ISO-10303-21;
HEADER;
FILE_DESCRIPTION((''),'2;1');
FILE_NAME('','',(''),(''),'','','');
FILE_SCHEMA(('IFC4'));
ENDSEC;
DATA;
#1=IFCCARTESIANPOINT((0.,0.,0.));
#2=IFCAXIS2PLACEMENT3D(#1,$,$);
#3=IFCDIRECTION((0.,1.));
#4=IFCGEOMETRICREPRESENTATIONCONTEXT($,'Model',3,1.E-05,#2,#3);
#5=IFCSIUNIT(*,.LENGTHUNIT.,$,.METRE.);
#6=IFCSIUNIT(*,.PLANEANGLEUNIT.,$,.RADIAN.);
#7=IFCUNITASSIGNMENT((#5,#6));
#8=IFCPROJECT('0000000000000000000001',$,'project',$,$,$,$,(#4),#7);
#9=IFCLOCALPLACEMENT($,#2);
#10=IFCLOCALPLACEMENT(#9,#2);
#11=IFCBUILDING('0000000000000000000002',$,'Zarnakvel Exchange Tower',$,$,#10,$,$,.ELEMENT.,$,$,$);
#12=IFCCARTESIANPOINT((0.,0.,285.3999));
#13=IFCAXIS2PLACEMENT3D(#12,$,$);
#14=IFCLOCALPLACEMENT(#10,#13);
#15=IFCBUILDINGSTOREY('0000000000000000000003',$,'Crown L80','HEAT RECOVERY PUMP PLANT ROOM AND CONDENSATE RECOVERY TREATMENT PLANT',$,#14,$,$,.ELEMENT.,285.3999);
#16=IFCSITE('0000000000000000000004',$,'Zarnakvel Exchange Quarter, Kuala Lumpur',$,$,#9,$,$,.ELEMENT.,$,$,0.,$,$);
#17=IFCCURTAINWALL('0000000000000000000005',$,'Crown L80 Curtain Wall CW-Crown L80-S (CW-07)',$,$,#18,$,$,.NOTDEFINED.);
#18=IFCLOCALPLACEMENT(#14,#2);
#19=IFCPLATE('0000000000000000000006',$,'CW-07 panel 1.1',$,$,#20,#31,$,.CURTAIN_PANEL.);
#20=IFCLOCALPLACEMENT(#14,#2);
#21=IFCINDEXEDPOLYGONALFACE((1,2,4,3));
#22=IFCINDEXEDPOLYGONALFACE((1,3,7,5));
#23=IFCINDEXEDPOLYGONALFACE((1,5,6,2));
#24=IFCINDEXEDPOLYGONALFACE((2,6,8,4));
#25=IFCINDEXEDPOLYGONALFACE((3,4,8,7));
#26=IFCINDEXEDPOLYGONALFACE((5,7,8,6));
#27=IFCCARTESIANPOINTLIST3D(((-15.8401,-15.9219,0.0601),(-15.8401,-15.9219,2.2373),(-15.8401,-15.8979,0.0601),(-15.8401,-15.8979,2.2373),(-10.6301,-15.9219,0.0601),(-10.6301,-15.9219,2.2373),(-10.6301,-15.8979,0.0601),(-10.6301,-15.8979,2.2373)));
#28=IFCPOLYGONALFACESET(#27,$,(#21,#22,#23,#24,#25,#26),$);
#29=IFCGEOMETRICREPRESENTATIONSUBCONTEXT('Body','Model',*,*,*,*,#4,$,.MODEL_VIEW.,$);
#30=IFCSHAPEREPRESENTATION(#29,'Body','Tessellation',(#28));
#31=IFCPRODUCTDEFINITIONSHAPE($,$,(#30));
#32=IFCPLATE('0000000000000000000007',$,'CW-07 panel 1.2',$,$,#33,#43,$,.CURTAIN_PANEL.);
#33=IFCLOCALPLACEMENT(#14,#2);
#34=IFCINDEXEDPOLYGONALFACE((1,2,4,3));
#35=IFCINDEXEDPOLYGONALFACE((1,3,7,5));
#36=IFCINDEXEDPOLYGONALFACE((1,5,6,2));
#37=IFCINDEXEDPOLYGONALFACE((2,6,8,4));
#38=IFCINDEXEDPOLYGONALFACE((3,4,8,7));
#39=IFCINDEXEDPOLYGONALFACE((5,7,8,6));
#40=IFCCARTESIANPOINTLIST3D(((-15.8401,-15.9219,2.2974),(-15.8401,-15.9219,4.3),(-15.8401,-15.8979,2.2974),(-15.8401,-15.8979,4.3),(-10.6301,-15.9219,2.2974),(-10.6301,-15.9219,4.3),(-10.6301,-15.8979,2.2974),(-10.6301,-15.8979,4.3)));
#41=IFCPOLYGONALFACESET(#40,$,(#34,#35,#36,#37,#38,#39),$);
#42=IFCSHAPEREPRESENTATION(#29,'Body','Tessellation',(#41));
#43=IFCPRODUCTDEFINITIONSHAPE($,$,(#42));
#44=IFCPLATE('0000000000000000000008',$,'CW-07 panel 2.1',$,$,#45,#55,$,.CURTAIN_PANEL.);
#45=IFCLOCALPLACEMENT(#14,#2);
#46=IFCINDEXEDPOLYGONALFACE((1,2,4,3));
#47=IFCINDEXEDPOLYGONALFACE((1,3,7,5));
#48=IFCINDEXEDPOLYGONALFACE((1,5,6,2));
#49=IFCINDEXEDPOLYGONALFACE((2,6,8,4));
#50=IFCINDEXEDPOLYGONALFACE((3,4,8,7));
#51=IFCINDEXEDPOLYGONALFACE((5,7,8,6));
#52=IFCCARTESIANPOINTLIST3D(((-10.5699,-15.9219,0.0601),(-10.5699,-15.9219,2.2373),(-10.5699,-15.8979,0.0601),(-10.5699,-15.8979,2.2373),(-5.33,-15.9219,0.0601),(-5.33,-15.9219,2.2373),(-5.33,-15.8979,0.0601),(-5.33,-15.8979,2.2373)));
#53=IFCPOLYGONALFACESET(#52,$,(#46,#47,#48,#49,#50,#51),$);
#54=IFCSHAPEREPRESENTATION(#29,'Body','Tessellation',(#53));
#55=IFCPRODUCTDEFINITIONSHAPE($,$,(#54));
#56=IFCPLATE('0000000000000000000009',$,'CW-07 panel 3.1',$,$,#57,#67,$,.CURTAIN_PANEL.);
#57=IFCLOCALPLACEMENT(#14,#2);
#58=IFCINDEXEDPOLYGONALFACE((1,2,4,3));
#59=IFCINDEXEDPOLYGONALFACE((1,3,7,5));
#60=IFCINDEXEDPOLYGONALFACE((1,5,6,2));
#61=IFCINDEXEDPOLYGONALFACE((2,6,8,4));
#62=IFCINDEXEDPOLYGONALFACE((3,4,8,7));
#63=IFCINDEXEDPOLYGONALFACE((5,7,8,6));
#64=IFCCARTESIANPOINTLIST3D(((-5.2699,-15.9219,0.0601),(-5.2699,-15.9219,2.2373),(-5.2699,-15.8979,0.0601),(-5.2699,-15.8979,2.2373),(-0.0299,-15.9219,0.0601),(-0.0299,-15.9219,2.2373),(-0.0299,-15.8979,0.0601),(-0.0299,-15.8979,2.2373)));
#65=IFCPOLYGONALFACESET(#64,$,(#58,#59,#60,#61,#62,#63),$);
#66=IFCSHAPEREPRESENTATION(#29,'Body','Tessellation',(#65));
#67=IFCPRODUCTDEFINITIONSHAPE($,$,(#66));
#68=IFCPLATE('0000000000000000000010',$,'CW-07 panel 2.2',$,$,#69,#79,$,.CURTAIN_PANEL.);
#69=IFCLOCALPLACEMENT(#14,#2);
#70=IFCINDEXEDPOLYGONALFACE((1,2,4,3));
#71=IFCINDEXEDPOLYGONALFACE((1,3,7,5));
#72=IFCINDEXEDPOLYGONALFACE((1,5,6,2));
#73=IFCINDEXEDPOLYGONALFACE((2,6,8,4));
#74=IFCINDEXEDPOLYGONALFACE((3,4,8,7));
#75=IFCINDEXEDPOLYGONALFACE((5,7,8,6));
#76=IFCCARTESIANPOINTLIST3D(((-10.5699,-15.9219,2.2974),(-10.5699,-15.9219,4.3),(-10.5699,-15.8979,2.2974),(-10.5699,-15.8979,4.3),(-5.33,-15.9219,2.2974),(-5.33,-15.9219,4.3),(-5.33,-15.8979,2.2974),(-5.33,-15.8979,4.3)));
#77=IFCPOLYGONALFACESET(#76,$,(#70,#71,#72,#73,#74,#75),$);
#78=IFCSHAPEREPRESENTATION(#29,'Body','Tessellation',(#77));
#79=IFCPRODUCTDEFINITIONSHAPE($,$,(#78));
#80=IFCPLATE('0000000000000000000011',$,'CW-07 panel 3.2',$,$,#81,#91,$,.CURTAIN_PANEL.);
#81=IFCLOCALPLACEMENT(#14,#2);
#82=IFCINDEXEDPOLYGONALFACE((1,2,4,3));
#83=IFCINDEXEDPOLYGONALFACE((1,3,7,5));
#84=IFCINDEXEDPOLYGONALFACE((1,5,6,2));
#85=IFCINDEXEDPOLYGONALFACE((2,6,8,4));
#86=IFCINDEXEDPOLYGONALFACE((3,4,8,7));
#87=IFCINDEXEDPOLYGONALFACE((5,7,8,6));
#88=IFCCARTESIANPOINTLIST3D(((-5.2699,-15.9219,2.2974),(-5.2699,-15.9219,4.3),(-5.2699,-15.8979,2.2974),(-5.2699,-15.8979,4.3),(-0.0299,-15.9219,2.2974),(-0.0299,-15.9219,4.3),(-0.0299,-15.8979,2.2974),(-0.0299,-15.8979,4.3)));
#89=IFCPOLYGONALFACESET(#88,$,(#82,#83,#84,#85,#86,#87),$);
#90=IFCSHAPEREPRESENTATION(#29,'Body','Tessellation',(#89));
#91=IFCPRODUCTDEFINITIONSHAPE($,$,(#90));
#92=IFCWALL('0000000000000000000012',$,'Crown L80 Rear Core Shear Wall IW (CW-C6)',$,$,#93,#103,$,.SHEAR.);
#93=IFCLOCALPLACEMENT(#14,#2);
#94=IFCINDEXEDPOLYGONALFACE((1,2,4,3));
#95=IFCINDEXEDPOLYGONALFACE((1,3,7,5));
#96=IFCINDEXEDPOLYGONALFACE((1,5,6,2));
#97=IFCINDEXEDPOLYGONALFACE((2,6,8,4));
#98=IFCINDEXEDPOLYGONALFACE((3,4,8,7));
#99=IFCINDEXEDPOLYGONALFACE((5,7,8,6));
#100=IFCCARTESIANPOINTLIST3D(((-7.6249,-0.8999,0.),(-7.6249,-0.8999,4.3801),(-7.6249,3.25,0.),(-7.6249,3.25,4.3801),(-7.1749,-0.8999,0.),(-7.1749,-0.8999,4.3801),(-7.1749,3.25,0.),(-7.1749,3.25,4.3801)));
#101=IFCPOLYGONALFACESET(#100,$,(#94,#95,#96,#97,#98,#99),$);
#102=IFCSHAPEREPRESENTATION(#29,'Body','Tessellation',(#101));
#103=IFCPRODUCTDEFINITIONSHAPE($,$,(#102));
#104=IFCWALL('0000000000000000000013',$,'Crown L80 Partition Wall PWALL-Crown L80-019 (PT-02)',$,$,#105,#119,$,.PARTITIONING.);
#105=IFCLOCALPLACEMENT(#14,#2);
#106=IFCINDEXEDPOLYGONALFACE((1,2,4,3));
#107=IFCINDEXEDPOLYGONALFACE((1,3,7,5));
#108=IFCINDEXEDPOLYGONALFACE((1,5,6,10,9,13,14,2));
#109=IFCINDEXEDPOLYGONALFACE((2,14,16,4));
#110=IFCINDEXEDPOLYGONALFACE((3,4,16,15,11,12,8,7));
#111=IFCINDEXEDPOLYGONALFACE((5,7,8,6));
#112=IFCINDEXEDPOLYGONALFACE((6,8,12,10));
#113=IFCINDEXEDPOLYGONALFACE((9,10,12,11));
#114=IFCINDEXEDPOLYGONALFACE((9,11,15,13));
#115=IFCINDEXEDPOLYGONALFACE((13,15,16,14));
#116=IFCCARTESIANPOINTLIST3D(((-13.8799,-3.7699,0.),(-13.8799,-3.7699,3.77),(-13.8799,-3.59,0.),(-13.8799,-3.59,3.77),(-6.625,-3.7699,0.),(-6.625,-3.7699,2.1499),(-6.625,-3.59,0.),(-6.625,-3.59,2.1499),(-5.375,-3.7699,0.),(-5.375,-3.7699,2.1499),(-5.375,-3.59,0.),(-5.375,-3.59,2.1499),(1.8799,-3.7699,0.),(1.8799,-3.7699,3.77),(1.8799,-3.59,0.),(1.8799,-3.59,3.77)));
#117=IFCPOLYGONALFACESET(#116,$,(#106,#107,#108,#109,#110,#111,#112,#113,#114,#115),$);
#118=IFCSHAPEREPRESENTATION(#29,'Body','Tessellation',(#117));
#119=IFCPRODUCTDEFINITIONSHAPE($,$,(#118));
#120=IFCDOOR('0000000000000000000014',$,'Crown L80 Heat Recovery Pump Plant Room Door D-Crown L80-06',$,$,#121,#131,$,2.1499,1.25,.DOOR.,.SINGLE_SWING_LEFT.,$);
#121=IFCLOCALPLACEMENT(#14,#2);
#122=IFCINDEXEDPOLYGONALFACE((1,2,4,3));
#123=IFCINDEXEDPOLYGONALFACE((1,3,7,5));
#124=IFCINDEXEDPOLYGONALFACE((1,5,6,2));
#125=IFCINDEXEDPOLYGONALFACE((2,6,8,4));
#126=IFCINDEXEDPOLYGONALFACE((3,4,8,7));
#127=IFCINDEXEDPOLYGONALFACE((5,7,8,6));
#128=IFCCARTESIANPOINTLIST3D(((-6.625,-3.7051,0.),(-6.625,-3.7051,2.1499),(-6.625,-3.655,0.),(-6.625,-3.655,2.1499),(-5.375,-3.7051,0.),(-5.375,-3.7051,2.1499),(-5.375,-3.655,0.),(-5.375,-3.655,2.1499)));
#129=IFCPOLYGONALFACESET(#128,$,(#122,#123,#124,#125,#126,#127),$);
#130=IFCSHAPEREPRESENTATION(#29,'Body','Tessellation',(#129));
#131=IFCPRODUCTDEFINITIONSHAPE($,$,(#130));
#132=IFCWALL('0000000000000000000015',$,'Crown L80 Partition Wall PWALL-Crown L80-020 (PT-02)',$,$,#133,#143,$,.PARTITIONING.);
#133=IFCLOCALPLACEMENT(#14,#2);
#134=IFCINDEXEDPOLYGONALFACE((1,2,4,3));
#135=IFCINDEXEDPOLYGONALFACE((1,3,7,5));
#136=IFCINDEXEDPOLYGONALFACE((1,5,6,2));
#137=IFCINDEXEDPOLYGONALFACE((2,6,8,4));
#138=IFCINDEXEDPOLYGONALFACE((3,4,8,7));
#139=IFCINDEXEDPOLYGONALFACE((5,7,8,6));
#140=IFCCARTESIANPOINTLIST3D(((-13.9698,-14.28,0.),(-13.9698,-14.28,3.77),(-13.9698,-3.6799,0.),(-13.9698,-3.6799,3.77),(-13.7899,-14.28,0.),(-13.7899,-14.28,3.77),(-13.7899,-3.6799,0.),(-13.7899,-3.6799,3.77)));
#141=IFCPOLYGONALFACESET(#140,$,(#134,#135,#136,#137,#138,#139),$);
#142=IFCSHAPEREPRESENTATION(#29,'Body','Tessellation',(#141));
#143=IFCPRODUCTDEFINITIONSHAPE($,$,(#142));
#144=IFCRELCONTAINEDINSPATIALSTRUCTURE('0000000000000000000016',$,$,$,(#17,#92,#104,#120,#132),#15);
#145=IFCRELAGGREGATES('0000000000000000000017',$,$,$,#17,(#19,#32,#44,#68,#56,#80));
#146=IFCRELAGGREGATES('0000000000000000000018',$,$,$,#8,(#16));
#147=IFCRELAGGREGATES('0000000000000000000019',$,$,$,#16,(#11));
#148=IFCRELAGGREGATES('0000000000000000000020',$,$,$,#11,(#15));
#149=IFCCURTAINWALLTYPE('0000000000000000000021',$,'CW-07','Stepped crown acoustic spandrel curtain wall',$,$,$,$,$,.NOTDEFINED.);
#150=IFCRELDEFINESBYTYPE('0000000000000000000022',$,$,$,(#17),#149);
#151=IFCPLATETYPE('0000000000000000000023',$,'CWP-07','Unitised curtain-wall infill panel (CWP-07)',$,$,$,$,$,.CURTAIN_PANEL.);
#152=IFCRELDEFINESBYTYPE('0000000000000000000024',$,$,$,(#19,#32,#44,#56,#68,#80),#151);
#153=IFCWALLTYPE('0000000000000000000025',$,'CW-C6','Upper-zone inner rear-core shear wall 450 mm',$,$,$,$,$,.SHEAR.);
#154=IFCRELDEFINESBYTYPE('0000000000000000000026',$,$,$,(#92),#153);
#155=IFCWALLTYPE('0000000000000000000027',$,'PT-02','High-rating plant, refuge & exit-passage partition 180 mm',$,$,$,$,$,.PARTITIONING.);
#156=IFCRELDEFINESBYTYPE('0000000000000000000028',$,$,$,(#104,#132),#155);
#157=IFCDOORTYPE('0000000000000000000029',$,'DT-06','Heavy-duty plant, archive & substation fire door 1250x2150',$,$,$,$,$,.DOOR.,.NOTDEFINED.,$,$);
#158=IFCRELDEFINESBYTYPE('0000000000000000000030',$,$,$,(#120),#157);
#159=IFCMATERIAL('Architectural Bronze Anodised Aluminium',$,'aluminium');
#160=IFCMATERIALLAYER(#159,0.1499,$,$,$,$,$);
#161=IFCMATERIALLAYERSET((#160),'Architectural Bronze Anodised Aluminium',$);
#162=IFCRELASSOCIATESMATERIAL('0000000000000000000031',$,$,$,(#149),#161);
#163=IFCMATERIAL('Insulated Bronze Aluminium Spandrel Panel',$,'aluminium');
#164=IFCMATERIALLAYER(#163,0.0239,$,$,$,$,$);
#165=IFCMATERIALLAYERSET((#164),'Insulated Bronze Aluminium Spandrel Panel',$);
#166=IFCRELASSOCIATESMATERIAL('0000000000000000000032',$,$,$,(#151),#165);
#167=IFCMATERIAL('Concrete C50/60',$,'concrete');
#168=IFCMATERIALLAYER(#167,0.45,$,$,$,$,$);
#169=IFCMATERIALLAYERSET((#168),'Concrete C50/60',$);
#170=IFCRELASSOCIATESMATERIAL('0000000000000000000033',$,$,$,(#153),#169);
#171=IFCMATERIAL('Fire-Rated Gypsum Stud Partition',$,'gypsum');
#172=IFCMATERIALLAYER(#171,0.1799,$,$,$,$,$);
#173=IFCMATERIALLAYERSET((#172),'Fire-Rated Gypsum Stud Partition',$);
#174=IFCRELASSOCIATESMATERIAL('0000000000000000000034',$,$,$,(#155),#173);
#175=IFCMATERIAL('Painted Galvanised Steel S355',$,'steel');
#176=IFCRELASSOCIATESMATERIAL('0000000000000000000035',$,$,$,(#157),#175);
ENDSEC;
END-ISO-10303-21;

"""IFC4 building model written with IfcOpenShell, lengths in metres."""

from ifc_helpers import new_model, si_unit, direction, frame, frame_2d, origin, origin_2d, place, context, subcontext, project, spatial, rectangle, extrude, source, transform, mapped, material, layer, layer_set, type_object, element, fill, aggregate, save


model = new_model("IFC4")

# Units and contexts
model_context = context("Model", 3, precision=1e-05, world=origin(), true_north=direction((0.0, 1.0)))
body_context = subcontext(model_context, "Body", "Model", "MODEL_VIEW")
ifc_project = project(units=[si_unit("LENGTHUNIT", "METRE"), si_unit("PLANEANGLEUNIT", "RADIAN")], contexts=[model_context])

# Site, building, storey
site_placement = place(None, origin())
site = spatial("IfcSite", under=ifc_project, at=site_placement, Name="Zarnakvel Exchange Quarter, Kuala Lumpur", CompositionType="ELEMENT", RefElevation=0.0)
building_placement = place(site_placement, origin())
building = spatial("IfcBuilding", under=site, at=building_placement, Name="Zarnakvel Exchange Tower", CompositionType="ELEMENT")
storey_placement = place(building_placement, frame((0.0, 0.0, 285.3999)))
storey = spatial("IfcBuildingStorey", under=building, at=storey_placement, Name="Crown L80", Description="HEAT RECOVERY PUMP PLANT ROOM AND CONDENSATE RECOVERY TREATMENT PLANT", CompositionType="ELEMENT", Elevation=285.3999)

# Shared definitions
ifc_material_1 = material(Name="Concrete C50/60", Category="concrete")

# Curtain wall
ifc_material_2 = material(Name="Architectural Bronze Anodised Aluminium", Category="aluminium")
ifc_layer_1 = layer(ifc_material_2, 0.1499)
ifc_layer_set_1 = layer_set([ifc_layer_1], Name="Architectural Bronze Anodised Aluminium")
curtain_wall_type = type_object("IfcCurtainWallType", Name="CW-07", Description="Stepped crown acoustic spandrel curtain wall", PredefinedType="NOTDEFINED", material=ifc_layer_set_1)
curtain_wall_placement = place(storey_placement, origin())
curtain_wall = element("IfcCurtainWall", 1, at=curtain_wall_placement, inside=storey, type_object=curtain_wall_type, Name="Crown L80 Curtain Wall CW-Crown L80-S (CW-07)", PredefinedType="NOTDEFINED")

# Plates
ifc_material_3 = material(Name="Insulated Bronze Aluminium Spandrel Panel", Category="aluminium")
ifc_layer_2 = layer(ifc_material_3, 0.0239)
ifc_layer_set_2 = layer_set([ifc_layer_2], Name="Insulated Bronze Aluminium Spandrel Panel")
plate_type_1 = type_object("IfcPlateType", Name="CWP-07", Description="Unitised curtain-wall infill panel (CWP-07)", PredefinedType="CURTAIN_PANEL", material=ifc_layer_set_2)
shared_shape_1 = source(origin(), body_context, "Body", "SweptSolid", [
    extrude(rectangle(XDim=5.21, YDim=0.0239, at=origin_2d()), origin(), (0.0, 0.0, 1.0), 2.1772),
])
plate_1_placement = place(storey_placement, frame((-13.2351, -15.9099, 0.0601), z_axis=(0.0, 0.0, 1.0), x_axis=(1.0, 0.0, 0.0)))
plate_1 = element("IfcPlate", 2, at=plate_1_placement, type_object=plate_type_1, Name="CW-07 panel 1.1", PredefinedType="CURTAIN_PANEL", context=body_context, shape_type="MappedRepresentation", body=[
    mapped(shared_shape_1, transform((0.0, 0.0, 0.0), x_axis=(1.0, 0.0, 0.0), y_axis=(0.0, 1.0, 0.0), z_axis=(0.0, 0.0, 1.0), scale=1.0)),
])
shared_shape_2 = source(origin(), body_context, "Body", "SweptSolid", [
    extrude(rectangle(XDim=5.21, YDim=0.0239, at=origin_2d()), origin(), (0.0, 0.0, 1.0), 2.0027),
])
plate_2_placement = place(storey_placement, frame((-13.2351, -15.9099, 2.2974), z_axis=(0.0, 0.0, 1.0), x_axis=(1.0, 0.0, 0.0)))
plate_2 = element("IfcPlate", 3, at=plate_2_placement, type_object=plate_type_1, Name="CW-07 panel 1.2", PredefinedType="CURTAIN_PANEL", context=body_context, shape_type="MappedRepresentation", body=[
    mapped(shared_shape_2, transform((0.0, 0.0, 0.0), x_axis=(1.0, 0.0, 0.0), y_axis=(0.0, 1.0, 0.0), z_axis=(0.0, 0.0, 1.0), scale=1.0)),
])
shared_shape_3 = source(origin(), body_context, "Body", "SweptSolid", [
    extrude(rectangle(XDim=5.24, YDim=0.0239, at=origin_2d()), origin(), (0.0, 0.0, 1.0), 2.1772),
])
plate_3_placement = place(storey_placement, frame((-7.95, -15.9099, 0.0601), z_axis=(0.0, 0.0, 1.0), x_axis=(1.0, 0.0, 0.0)))
plate_3 = element("IfcPlate", 4, at=plate_3_placement, type_object=plate_type_1, Name="CW-07 panel 2.1", PredefinedType="CURTAIN_PANEL", context=body_context, shape_type="MappedRepresentation", body=[
    mapped(shared_shape_3, transform((0.0, 0.0, 0.0), x_axis=(1.0, 0.0, 0.0), y_axis=(0.0, 1.0, 0.0), z_axis=(0.0, 0.0, 1.0), scale=1.0)),
])
plate_4_placement = place(storey_placement, frame((-2.6499, -15.9099, 0.0601), z_axis=(0.0, 0.0, 1.0), x_axis=(1.0, 0.0, 0.0)))
plate_4 = element("IfcPlate", 5, at=plate_4_placement, type_object=plate_type_1, Name="CW-07 panel 3.1", PredefinedType="CURTAIN_PANEL", context=body_context, shape_type="MappedRepresentation", body=[
    mapped(shared_shape_3, transform((0.0, 0.0, 0.0), x_axis=(1.0, 0.0, 0.0), y_axis=(0.0, 1.0, 0.0), z_axis=(0.0, 0.0, 1.0), scale=1.0)),
])
shared_shape_4 = source(origin(), body_context, "Body", "SweptSolid", [
    extrude(rectangle(XDim=5.24, YDim=0.0239, at=origin_2d()), origin(), (0.0, 0.0, 1.0), 2.0027),
])
plate_5_placement = place(storey_placement, frame((-7.95, -15.9099, 2.2974), z_axis=(0.0, 0.0, 1.0), x_axis=(1.0, 0.0, 0.0)))
plate_5 = element("IfcPlate", 6, at=plate_5_placement, type_object=plate_type_1, Name="CW-07 panel 2.2", PredefinedType="CURTAIN_PANEL", context=body_context, shape_type="MappedRepresentation", body=[
    mapped(shared_shape_4, transform((0.0, 0.0, 0.0), x_axis=(1.0, 0.0, 0.0), y_axis=(0.0, 1.0, 0.0), z_axis=(0.0, 0.0, 1.0), scale=1.0)),
])
plate_6_placement = place(storey_placement, frame((-2.6499, -15.9099, 2.2974), z_axis=(0.0, 0.0, 1.0), x_axis=(1.0, 0.0, 0.0)))
plate_6 = element("IfcPlate", 7, at=plate_6_placement, type_object=plate_type_1, Name="CW-07 panel 3.2", PredefinedType="CURTAIN_PANEL", context=body_context, shape_type="MappedRepresentation", body=[
    mapped(shared_shape_4, transform((0.0, 0.0, 0.0), x_axis=(1.0, 0.0, 0.0), y_axis=(0.0, 1.0, 0.0), z_axis=(0.0, 0.0, 1.0), scale=1.0)),
])
aggregate(curtain_wall, [plate_1, plate_2, plate_3, plate_5, plate_4, plate_6])

# Shared definitions
ifc_material_4 = material(Name="Painted Galvanised Steel S355", Category="steel")

# Wall
ifc_layer_3 = layer(ifc_material_1, 0.45)
ifc_layer_set_3 = layer_set([ifc_layer_3], Name="Concrete C50/60")
wall_type_1 = type_object("IfcWallType", Name="CW-C6", Description="Upper-zone inner rear-core shear wall 450 mm", PredefinedType="SHEAR", material=ifc_layer_set_3)
wall_1_placement = place(storey_placement, frame((-7.3999, -0.8999, 0.0), z_axis=(0.0, 0.0, 1.0), x_axis=(0.0, 1.0, 0.0)))
element("IfcWall", 8, at=wall_1_placement, inside=storey, type_object=wall_type_1, Name="Crown L80 Rear Core Shear Wall IW (CW-C6)", PredefinedType="SHEAR", context=body_context, shape_type="SweptSolid", body=[
    extrude(rectangle(XDim=4.1499, YDim=0.45, at=frame_2d((2.075, 0.0))), origin(), (0.0, 0.0, 1.0), 4.3801),
])

# Wall, opening, door
ifc_material_5 = material(Name="Fire-Rated Gypsum Stud Partition", Category="gypsum")
ifc_layer_4 = layer(ifc_material_5, 0.1799)
ifc_layer_set_4 = layer_set([ifc_layer_4], Name="Fire-Rated Gypsum Stud Partition")
wall_type_2 = type_object("IfcWallType", Name="PT-02", Description="High-rating plant, refuge & exit-passage partition 180 mm", PredefinedType="PARTITIONING", material=ifc_layer_set_4)
wall_2_placement = place(storey_placement, frame((-13.8799, -3.6799, 0.0), z_axis=(0.0, 0.0, 1.0), x_axis=(1.0, 0.0, 0.0)))
wall_2 = element("IfcWall", 9, at=wall_2_placement, inside=storey, type_object=wall_type_2, Name="Crown L80 Partition Wall PWALL-Crown L80-019 (PT-02)", PredefinedType="PARTITIONING", context=body_context, shape_type="SweptSolid", body=[
    extrude(rectangle(XDim=15.7598, YDim=0.1799, at=frame_2d((7.8799, 0.0))), origin(), (0.0, 0.0, 1.0), 3.77),
])
opening_1_placement = place(wall_2_placement, frame((7.2549, 0.0, 0.0)))
opening_1 = element("IfcOpeningElement", 10, at=opening_1_placement, cuts=wall_2, PredefinedType="OPENING", context=body_context, shape_type="SweptSolid", body=[
    extrude(rectangle(XDim=1.25, YDim=2.1499, at=frame_2d((0.625, 1.075))), frame((0.0, 0.0999, 0.0), z_axis=(0.0, -1.0, 0.0), x_axis=(1.0, 0.0, 0.0)), (0.0, 0.0, 1.0), 0.2),
])
door_type_1 = type_object("IfcDoorType", Name="DT-06", Description="Heavy-duty plant, archive & substation fire door 1250x2150", OperationType="NOTDEFINED", PredefinedType="DOOR", material=ifc_material_4)
shared_shape_5 = source(origin(), body_context, "Body", "SweptSolid", [
    extrude(rectangle(XDim=1.25, YDim=2.1499, at=frame_2d((0.625, 1.075))), frame((0.0, 0.0249, 0.0), z_axis=(0.0, -1.0, 0.0), x_axis=(1.0, 0.0, 0.0)), (0.0, 0.0, 1.0), 0.05),
])
door_1_placement = place(opening_1_placement, origin())
door_1 = element("IfcDoor", 11, at=door_1_placement, inside=storey, type_object=door_type_1, Name="Crown L80 Heat Recovery Pump Plant Room Door D-Crown L80-06", OperationType="SINGLE_SWING_LEFT", OverallHeight=2.1499, OverallWidth=1.25, PredefinedType="DOOR", context=body_context, shape_type="MappedRepresentation", body=[
    mapped(shared_shape_5, transform((0.0, 0.0, 0.0), x_axis=(1.0, 0.0, 0.0), y_axis=(0.0, 1.0, 0.0), z_axis=(0.0, 0.0, 1.0), scale=1.0)),
])
fill(opening_1, door_1)

# Wall
wall_3_placement = place(storey_placement, frame((-13.8799, -14.28, 0.0), z_axis=(0.0, 0.0, 1.0), x_axis=(0.0, 1.0, 0.0)))
element("IfcWall", 12, at=wall_3_placement, inside=storey, type_object=wall_type_2, Name="Crown L80 Partition Wall PWALL-Crown L80-020 (PT-02)", PredefinedType="PARTITIONING", context=body_context, shape_type="SweptSolid", body=[
    extrude(rectangle(XDim=10.6001, YDim=0.1799, at=frame_2d((5.3, 0.0))), origin(), (0.0, 0.0, 1.0), 3.77),
])

save(model, "model.ifc")
